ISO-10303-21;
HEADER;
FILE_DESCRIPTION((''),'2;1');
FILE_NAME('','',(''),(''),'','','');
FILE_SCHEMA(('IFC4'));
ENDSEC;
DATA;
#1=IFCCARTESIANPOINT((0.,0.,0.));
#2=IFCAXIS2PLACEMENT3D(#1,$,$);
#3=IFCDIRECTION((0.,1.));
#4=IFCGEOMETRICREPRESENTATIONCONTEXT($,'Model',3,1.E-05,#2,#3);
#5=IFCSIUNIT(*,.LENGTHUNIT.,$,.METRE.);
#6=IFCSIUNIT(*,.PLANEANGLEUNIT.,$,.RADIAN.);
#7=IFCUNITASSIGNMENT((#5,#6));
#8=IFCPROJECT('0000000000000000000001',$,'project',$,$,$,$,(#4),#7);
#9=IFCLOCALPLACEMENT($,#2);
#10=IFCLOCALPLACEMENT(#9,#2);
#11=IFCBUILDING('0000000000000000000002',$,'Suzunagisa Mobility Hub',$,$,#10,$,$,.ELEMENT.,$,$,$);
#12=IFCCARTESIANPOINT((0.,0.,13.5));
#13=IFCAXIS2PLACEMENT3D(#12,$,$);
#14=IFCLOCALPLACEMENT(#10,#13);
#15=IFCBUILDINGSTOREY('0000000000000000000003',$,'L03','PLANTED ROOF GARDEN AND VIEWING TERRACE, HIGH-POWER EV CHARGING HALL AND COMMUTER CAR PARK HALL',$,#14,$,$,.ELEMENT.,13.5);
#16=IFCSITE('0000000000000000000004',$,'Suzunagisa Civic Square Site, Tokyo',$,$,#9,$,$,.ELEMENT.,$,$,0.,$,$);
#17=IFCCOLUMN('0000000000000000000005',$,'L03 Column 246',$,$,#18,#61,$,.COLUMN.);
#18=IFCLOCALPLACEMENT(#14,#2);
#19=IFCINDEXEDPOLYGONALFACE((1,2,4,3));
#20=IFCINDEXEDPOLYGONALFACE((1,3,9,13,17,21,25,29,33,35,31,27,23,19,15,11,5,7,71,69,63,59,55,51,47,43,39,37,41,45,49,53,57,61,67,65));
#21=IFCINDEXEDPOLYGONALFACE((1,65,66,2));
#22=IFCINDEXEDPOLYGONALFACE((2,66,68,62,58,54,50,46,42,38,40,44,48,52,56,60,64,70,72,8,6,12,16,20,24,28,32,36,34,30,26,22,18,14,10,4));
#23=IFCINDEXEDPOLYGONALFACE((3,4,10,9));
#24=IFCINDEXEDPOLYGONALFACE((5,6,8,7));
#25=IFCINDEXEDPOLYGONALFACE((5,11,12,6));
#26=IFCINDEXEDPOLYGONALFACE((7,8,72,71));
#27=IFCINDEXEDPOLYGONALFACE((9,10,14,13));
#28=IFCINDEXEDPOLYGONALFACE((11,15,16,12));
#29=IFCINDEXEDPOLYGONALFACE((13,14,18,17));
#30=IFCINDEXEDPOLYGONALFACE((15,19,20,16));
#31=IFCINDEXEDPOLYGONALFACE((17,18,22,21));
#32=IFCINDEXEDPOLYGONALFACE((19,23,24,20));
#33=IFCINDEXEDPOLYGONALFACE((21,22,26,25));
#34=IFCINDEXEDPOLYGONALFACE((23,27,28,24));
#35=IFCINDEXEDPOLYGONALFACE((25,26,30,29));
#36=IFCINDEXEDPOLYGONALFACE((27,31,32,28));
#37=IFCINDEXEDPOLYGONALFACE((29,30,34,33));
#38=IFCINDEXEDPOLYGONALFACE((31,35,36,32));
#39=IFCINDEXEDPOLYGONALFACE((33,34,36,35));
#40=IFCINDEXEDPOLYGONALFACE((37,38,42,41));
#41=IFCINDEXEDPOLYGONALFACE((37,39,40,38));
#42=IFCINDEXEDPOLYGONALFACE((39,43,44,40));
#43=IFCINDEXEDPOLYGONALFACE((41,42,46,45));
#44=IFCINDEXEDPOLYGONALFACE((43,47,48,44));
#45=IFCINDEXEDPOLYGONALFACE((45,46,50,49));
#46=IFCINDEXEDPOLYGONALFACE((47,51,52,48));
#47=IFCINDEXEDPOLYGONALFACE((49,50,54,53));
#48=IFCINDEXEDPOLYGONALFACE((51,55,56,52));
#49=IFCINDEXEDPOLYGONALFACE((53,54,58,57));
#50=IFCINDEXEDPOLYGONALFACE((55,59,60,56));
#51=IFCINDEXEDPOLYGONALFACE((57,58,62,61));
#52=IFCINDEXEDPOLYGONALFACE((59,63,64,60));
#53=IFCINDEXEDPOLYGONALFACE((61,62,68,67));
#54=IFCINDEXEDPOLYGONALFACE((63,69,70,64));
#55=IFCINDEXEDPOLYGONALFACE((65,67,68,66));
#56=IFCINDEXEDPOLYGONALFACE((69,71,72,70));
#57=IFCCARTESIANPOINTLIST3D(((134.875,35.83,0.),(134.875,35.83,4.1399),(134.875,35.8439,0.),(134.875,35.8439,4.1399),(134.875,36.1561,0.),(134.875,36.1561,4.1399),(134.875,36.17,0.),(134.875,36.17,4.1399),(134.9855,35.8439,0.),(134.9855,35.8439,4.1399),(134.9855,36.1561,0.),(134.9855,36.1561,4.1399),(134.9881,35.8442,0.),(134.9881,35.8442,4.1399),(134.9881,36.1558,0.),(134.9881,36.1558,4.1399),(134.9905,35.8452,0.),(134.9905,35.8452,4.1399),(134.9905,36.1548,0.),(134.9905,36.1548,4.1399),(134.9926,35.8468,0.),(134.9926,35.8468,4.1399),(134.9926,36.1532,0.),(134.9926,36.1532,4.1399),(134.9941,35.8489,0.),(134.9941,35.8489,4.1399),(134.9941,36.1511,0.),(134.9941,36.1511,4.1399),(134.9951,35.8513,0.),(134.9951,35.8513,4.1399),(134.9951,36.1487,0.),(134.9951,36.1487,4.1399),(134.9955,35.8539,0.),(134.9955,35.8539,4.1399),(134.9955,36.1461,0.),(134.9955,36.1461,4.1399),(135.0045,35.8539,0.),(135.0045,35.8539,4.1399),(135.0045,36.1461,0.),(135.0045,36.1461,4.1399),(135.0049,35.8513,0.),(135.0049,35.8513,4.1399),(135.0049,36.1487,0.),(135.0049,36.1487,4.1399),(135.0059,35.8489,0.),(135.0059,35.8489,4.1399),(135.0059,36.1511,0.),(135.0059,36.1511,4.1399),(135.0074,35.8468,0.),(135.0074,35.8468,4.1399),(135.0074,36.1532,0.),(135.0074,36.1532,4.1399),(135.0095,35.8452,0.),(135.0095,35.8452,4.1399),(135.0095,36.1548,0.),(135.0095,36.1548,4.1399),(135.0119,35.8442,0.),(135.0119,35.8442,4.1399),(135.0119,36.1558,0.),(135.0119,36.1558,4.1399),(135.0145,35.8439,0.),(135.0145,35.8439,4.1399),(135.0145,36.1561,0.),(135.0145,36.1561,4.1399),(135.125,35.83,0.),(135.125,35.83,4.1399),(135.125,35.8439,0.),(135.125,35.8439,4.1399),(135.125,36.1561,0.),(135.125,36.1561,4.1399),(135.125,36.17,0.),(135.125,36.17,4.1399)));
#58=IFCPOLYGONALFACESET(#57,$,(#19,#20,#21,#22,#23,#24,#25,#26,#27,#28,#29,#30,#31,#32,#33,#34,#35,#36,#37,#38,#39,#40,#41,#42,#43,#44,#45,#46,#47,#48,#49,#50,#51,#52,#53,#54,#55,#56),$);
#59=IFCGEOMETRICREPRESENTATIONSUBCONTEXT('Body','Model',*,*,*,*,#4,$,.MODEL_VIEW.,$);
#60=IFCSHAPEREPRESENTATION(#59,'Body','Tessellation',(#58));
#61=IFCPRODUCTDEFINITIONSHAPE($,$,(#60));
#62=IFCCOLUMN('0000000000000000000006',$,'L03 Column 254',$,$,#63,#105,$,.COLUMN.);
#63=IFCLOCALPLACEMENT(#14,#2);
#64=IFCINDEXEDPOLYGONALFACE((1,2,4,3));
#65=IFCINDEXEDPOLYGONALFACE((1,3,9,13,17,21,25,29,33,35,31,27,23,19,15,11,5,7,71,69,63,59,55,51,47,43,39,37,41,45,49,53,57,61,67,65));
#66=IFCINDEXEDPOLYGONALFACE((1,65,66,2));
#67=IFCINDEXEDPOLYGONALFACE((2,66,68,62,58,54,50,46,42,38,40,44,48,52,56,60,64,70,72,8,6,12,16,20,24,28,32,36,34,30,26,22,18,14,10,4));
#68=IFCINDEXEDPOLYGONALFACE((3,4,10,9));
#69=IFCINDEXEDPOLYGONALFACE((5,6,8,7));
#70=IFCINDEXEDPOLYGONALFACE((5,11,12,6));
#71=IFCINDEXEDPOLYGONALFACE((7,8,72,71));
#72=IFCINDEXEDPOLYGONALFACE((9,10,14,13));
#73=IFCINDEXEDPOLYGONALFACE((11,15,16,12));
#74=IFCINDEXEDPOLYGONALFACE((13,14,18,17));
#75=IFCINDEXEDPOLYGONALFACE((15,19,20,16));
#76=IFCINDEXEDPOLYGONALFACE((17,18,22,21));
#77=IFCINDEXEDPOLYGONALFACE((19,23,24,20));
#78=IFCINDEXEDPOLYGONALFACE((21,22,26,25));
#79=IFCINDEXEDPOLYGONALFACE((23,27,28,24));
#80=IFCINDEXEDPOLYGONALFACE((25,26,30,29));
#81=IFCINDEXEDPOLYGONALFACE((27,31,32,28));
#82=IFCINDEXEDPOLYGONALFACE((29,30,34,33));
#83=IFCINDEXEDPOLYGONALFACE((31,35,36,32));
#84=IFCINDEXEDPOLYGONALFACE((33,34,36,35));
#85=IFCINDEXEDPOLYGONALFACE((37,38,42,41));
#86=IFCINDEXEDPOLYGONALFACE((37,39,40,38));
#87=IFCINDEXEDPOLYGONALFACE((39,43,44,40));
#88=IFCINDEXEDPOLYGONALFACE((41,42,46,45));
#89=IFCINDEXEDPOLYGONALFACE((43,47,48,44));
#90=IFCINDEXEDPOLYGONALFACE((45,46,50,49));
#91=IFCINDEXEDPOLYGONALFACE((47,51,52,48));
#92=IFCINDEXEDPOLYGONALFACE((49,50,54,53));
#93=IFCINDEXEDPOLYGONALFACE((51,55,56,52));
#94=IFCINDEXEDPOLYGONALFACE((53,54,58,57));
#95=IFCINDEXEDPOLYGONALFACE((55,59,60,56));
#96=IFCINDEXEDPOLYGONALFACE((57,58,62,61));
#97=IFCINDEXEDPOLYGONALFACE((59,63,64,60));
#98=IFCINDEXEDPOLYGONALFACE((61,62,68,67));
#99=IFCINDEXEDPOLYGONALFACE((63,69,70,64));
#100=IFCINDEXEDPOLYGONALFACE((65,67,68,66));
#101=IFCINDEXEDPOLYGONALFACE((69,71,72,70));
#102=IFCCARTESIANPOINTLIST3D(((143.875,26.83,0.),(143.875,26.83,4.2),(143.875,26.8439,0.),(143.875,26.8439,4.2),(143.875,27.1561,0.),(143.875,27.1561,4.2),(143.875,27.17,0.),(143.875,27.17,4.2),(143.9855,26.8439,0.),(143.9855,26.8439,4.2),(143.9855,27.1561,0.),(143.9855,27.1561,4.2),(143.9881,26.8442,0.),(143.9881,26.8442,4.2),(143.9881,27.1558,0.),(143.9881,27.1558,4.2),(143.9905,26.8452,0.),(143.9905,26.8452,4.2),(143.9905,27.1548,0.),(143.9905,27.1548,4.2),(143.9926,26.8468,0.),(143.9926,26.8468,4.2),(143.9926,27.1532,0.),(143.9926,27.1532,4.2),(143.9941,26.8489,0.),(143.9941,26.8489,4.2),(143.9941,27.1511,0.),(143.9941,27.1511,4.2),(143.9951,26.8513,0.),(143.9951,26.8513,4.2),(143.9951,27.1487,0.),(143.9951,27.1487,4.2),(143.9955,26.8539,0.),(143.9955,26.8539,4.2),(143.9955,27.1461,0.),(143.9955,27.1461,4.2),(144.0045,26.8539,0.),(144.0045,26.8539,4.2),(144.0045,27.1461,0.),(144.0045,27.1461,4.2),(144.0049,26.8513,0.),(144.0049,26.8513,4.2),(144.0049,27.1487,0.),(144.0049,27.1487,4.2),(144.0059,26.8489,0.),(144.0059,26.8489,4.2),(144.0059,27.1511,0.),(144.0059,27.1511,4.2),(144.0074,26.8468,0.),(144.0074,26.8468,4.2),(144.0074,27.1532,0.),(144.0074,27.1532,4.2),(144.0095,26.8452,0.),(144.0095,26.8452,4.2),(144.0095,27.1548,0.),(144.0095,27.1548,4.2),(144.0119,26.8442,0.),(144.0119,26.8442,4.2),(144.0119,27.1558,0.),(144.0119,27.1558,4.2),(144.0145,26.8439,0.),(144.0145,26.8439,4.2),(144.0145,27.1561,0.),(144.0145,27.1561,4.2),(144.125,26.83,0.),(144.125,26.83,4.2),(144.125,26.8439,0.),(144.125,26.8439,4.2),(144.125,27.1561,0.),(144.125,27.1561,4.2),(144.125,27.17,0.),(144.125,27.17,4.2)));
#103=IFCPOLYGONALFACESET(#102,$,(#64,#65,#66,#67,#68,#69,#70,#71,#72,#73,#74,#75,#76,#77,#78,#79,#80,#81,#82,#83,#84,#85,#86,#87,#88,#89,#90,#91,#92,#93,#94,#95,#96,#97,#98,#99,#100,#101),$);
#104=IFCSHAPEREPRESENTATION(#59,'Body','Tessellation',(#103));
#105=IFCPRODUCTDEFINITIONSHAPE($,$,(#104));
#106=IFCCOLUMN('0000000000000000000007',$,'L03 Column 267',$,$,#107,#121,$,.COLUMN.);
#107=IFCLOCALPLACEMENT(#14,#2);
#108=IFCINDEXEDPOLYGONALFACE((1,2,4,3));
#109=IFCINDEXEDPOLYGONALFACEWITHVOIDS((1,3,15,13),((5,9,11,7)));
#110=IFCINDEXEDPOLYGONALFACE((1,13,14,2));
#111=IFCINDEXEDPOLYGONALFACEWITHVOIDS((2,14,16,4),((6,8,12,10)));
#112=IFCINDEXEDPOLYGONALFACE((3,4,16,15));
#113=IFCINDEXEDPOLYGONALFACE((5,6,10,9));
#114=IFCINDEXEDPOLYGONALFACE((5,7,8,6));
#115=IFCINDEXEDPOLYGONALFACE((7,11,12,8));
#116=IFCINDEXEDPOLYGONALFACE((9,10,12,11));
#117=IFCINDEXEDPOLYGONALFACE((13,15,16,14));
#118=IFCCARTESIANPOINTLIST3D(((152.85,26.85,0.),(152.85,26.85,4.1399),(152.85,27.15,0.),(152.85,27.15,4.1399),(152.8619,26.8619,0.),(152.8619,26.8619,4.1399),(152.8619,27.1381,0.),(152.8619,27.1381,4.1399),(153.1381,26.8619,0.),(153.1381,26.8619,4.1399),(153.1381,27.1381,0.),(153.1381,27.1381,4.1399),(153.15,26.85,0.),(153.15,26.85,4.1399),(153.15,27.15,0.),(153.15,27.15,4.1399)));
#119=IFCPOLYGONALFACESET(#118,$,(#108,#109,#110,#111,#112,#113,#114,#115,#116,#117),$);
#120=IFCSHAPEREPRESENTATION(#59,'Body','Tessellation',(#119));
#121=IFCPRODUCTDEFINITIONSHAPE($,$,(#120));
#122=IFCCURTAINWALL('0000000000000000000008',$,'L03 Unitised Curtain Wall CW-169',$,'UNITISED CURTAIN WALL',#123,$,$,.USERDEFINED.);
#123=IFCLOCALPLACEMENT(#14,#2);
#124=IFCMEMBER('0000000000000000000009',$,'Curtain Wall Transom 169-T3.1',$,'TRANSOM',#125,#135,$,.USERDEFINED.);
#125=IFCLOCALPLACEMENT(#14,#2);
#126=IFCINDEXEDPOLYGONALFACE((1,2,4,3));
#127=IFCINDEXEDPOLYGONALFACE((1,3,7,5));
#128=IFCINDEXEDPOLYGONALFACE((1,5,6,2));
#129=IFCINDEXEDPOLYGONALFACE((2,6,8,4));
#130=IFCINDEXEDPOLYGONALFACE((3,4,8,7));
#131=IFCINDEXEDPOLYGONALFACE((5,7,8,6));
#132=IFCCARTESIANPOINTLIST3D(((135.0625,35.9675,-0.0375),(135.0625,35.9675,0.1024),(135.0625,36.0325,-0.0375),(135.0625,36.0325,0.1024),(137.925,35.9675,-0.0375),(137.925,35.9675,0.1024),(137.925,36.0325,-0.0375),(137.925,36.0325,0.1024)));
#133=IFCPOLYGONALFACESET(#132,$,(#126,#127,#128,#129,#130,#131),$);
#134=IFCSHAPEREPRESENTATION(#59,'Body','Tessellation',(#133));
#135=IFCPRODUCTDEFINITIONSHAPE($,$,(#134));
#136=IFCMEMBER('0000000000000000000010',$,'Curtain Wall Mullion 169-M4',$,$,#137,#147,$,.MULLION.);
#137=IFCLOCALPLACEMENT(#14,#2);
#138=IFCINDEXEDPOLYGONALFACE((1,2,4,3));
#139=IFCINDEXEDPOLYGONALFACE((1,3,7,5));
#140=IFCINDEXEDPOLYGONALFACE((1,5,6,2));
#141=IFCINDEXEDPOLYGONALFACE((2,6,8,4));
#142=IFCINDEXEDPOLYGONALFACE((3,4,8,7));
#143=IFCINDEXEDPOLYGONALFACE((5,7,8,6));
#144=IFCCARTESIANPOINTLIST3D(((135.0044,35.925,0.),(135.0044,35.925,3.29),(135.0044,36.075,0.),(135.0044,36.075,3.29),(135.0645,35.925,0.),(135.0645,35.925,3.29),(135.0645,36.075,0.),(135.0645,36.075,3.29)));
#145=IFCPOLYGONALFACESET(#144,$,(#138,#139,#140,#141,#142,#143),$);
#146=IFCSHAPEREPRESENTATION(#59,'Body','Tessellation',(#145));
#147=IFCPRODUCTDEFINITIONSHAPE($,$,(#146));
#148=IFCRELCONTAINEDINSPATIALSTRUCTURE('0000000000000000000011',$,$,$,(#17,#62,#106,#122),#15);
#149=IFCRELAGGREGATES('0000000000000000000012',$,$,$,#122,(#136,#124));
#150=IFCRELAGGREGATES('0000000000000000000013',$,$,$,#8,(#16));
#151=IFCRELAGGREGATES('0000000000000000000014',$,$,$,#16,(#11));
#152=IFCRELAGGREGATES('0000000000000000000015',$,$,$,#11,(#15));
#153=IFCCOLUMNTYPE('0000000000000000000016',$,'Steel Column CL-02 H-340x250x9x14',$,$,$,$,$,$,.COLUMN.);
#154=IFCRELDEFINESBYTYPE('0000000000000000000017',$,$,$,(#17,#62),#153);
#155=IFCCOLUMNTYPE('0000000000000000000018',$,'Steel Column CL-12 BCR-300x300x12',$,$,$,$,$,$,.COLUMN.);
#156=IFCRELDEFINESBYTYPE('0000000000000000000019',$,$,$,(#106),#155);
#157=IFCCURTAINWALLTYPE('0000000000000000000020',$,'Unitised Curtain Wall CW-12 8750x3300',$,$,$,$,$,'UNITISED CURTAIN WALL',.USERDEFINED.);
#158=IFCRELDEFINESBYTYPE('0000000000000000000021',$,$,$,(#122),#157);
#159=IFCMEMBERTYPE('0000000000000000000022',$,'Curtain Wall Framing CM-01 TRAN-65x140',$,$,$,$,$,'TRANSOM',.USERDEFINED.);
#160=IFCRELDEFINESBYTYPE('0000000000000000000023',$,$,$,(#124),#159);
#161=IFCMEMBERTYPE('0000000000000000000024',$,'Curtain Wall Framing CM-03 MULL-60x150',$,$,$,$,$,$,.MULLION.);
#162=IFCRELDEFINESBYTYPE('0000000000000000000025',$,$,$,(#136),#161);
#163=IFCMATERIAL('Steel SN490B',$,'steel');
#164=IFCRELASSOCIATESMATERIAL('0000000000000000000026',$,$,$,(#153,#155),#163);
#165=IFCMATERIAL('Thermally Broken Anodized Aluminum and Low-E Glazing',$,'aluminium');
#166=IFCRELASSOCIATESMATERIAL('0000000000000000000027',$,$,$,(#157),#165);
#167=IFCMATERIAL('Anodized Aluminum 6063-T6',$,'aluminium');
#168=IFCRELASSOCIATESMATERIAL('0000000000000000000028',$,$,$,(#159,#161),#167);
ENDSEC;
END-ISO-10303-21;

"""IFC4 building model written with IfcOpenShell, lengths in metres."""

from ifc_helpers import new_model, si_unit, direction, frame, origin, origin_2d, place, context, subcontext, project, spatial, rectangle, hollow_rectangle, i_section, extrude, material, material_profile, profile_set, type_object, element, aggregate, save


model = new_model("IFC4")

# Units and contexts
model_context = context("Model", 3, precision=1e-05, world=origin(), true_north=direction((0.0, 1.0)))
body_context = subcontext(model_context, "Body", "Model", "MODEL_VIEW")
ifc_project = project(units=[si_unit("LENGTHUNIT", "METRE"), si_unit("PLANEANGLEUNIT", "RADIAN")], contexts=[model_context])

# Site, building, storey
site_placement = place(None, origin())
site = spatial("IfcSite", under=ifc_project, at=site_placement, Name="Suzunagisa Civic Square Site, Tokyo", CompositionType="ELEMENT", RefElevation=0.0)
building_placement = place(site_placement, origin())
building = spatial("IfcBuilding", under=site, at=building_placement, Name="Suzunagisa Mobility Hub", CompositionType="ELEMENT")
storey_placement = place(building_placement, frame((0.0, 0.0, 13.5)))
storey = spatial("IfcBuildingStorey", under=building, at=storey_placement, Name="L03", Description="PLANTED ROOF GARDEN AND VIEWING TERRACE, HIGH-POWER EV CHARGING HALL AND COMMUTER CAR PARK HALL", CompositionType="ELEMENT", Elevation=13.5)

# Columns
ifc_material_1 = material(Name="Steel SN490B", Category="steel")
ifc_material_profile_1 = material_profile(ifc_material_1, i_section(OverallWidth=0.25, OverallDepth=0.3401, WebThickness=0.009, FlangeThickness=0.0139, FilletRadius=0.01, at=origin_2d()), Name="H-340x250x9x14")
ifc_profile_set_1 = profile_set([ifc_material_profile_1], Name="Steel SN490B")
column_type_1 = type_object("IfcColumnType", Name="Steel Column CL-02 H-340x250x9x14", PredefinedType="COLUMN", material=ifc_profile_set_1)
column_1_placement = place(storey_placement, frame((135.0, 36.0, 0.0), z_axis=(0.0, 0.0, 1.0), x_axis=(1.0, 0.0, 0.0)))
element("IfcColumn", 1, at=column_1_placement, inside=storey, type_object=column_type_1, Name="L03 Column 246", PredefinedType="COLUMN", context=body_context, shape_type="SweptSolid", body=[
    extrude(i_section(OverallWidth=0.25, OverallDepth=0.3401, WebThickness=0.009, FlangeThickness=0.0139, FilletRadius=0.01, at=origin_2d()), origin(), (0.0, 0.0, 1.0), 4.1399),
])
column_2_placement = place(storey_placement, frame((144.0, 27.0, 0.0), z_axis=(0.0, 0.0, 1.0), x_axis=(1.0, 0.0, 0.0)))
element("IfcColumn", 2, at=column_2_placement, inside=storey, type_object=column_type_1, Name="L03 Column 254", PredefinedType="COLUMN", context=body_context, shape_type="SweptSolid", body=[
    extrude(i_section(OverallWidth=0.25, OverallDepth=0.3401, WebThickness=0.009, FlangeThickness=0.0139, FilletRadius=0.01, at=origin_2d()), origin(), (0.0, 0.0, 1.0), 4.2),
])
ifc_material_profile_2 = material_profile(ifc_material_1, hollow_rectangle(XDim=0.3, YDim=0.3, WallThickness=0.012, at=origin_2d()), Name="BCR-300x300x12")
ifc_profile_set_2 = profile_set([ifc_material_profile_2], Name="Steel SN490B")
column_type_2 = type_object("IfcColumnType", Name="Steel Column CL-12 BCR-300x300x12", PredefinedType="COLUMN", material=ifc_profile_set_2)
column_3_placement = place(storey_placement, frame((153.0, 27.0, 0.0), z_axis=(0.0, 0.0, 1.0), x_axis=(1.0, 0.0, 0.0)))
element("IfcColumn", 3, at=column_3_placement, inside=storey, type_object=column_type_2, Name="L03 Column 267", PredefinedType="COLUMN", context=body_context, shape_type="SweptSolid", body=[
    extrude(hollow_rectangle(XDim=0.3, YDim=0.3, WallThickness=0.012, at=origin_2d()), origin(), (0.0, 0.0, 1.0), 4.1399),
])

# Curtain wall, members
ifc_material_2 = material(Name="Thermally Broken Anodized Aluminum and Low-E Glazing", Category="aluminium")
curtain_wall_type = type_object("IfcCurtainWallType", Name="Unitised Curtain Wall CW-12 8750x3300", ElementType="UNITISED CURTAIN WALL", PredefinedType="USERDEFINED", material=ifc_material_2)
curtain_wall_placement = place(storey_placement, origin())
curtain_wall = element("IfcCurtainWall", 4, at=curtain_wall_placement, inside=storey, type_object=curtain_wall_type, Name="L03 Unitised Curtain Wall CW-169", ObjectType="UNITISED CURTAIN WALL", PredefinedType="USERDEFINED")
ifc_material_3 = material(Name="Anodized Aluminum 6063-T6", Category="aluminium")
ifc_material_profile_3 = material_profile(ifc_material_3, rectangle(XDim=0.0649, YDim=0.1399, at=origin_2d()), Name="TRAN-65x140")
ifc_profile_set_3 = profile_set([ifc_material_profile_3], Name="Anodized Aluminum 6063-T6")
member_type_1 = type_object("IfcMemberType", Name="Curtain Wall Framing CM-01 TRAN-65x140", ElementType="TRANSOM", PredefinedType="USERDEFINED", material=ifc_profile_set_3)
member_1_placement = place(storey_placement, frame((137.925, 36.0, 0.0325), z_axis=(-1.0, 0.0, 0.0), x_axis=(0.0, -1.0, 0.0)))
member_1 = element("IfcMember", 5, at=member_1_placement, type_object=member_type_1, Name="Curtain Wall Transom 169-T3.1", ObjectType="TRANSOM", PredefinedType="USERDEFINED", context=body_context, shape_type="SweptSolid", body=[
    extrude(rectangle(XDim=0.0649, YDim=0.1399, at=origin_2d()), origin(), (0.0, 0.0, 1.0), 2.8625),
])
ifc_material_profile_4 = material_profile(ifc_material_3, rectangle(XDim=0.0601, YDim=0.1499, at=origin_2d()), Name="MULL-60x150")
ifc_profile_set_4 = profile_set([ifc_material_profile_4], Name="Anodized Aluminum 6063-T6")
member_type_2 = type_object("IfcMemberType", Name="Curtain Wall Framing CM-03 MULL-60x150", PredefinedType="MULLION", material=ifc_profile_set_4)
member_2_placement = place(storey_placement, frame((135.0344, 36.0, 0.0), z_axis=(0.0, 0.0, 1.0), x_axis=(-1.0, 0.0, 0.0)))
member_2 = element("IfcMember", 6, at=member_2_placement, type_object=member_type_2, Name="Curtain Wall Mullion 169-M4", PredefinedType="MULLION", context=body_context, shape_type="SweptSolid", body=[
    extrude(rectangle(XDim=0.0601, YDim=0.1499, at=origin_2d()), origin(), (0.0, 0.0, 1.0), 3.29),
])

aggregate(curtain_wall, [member_2, member_1])

save(model, "model.ifc")
